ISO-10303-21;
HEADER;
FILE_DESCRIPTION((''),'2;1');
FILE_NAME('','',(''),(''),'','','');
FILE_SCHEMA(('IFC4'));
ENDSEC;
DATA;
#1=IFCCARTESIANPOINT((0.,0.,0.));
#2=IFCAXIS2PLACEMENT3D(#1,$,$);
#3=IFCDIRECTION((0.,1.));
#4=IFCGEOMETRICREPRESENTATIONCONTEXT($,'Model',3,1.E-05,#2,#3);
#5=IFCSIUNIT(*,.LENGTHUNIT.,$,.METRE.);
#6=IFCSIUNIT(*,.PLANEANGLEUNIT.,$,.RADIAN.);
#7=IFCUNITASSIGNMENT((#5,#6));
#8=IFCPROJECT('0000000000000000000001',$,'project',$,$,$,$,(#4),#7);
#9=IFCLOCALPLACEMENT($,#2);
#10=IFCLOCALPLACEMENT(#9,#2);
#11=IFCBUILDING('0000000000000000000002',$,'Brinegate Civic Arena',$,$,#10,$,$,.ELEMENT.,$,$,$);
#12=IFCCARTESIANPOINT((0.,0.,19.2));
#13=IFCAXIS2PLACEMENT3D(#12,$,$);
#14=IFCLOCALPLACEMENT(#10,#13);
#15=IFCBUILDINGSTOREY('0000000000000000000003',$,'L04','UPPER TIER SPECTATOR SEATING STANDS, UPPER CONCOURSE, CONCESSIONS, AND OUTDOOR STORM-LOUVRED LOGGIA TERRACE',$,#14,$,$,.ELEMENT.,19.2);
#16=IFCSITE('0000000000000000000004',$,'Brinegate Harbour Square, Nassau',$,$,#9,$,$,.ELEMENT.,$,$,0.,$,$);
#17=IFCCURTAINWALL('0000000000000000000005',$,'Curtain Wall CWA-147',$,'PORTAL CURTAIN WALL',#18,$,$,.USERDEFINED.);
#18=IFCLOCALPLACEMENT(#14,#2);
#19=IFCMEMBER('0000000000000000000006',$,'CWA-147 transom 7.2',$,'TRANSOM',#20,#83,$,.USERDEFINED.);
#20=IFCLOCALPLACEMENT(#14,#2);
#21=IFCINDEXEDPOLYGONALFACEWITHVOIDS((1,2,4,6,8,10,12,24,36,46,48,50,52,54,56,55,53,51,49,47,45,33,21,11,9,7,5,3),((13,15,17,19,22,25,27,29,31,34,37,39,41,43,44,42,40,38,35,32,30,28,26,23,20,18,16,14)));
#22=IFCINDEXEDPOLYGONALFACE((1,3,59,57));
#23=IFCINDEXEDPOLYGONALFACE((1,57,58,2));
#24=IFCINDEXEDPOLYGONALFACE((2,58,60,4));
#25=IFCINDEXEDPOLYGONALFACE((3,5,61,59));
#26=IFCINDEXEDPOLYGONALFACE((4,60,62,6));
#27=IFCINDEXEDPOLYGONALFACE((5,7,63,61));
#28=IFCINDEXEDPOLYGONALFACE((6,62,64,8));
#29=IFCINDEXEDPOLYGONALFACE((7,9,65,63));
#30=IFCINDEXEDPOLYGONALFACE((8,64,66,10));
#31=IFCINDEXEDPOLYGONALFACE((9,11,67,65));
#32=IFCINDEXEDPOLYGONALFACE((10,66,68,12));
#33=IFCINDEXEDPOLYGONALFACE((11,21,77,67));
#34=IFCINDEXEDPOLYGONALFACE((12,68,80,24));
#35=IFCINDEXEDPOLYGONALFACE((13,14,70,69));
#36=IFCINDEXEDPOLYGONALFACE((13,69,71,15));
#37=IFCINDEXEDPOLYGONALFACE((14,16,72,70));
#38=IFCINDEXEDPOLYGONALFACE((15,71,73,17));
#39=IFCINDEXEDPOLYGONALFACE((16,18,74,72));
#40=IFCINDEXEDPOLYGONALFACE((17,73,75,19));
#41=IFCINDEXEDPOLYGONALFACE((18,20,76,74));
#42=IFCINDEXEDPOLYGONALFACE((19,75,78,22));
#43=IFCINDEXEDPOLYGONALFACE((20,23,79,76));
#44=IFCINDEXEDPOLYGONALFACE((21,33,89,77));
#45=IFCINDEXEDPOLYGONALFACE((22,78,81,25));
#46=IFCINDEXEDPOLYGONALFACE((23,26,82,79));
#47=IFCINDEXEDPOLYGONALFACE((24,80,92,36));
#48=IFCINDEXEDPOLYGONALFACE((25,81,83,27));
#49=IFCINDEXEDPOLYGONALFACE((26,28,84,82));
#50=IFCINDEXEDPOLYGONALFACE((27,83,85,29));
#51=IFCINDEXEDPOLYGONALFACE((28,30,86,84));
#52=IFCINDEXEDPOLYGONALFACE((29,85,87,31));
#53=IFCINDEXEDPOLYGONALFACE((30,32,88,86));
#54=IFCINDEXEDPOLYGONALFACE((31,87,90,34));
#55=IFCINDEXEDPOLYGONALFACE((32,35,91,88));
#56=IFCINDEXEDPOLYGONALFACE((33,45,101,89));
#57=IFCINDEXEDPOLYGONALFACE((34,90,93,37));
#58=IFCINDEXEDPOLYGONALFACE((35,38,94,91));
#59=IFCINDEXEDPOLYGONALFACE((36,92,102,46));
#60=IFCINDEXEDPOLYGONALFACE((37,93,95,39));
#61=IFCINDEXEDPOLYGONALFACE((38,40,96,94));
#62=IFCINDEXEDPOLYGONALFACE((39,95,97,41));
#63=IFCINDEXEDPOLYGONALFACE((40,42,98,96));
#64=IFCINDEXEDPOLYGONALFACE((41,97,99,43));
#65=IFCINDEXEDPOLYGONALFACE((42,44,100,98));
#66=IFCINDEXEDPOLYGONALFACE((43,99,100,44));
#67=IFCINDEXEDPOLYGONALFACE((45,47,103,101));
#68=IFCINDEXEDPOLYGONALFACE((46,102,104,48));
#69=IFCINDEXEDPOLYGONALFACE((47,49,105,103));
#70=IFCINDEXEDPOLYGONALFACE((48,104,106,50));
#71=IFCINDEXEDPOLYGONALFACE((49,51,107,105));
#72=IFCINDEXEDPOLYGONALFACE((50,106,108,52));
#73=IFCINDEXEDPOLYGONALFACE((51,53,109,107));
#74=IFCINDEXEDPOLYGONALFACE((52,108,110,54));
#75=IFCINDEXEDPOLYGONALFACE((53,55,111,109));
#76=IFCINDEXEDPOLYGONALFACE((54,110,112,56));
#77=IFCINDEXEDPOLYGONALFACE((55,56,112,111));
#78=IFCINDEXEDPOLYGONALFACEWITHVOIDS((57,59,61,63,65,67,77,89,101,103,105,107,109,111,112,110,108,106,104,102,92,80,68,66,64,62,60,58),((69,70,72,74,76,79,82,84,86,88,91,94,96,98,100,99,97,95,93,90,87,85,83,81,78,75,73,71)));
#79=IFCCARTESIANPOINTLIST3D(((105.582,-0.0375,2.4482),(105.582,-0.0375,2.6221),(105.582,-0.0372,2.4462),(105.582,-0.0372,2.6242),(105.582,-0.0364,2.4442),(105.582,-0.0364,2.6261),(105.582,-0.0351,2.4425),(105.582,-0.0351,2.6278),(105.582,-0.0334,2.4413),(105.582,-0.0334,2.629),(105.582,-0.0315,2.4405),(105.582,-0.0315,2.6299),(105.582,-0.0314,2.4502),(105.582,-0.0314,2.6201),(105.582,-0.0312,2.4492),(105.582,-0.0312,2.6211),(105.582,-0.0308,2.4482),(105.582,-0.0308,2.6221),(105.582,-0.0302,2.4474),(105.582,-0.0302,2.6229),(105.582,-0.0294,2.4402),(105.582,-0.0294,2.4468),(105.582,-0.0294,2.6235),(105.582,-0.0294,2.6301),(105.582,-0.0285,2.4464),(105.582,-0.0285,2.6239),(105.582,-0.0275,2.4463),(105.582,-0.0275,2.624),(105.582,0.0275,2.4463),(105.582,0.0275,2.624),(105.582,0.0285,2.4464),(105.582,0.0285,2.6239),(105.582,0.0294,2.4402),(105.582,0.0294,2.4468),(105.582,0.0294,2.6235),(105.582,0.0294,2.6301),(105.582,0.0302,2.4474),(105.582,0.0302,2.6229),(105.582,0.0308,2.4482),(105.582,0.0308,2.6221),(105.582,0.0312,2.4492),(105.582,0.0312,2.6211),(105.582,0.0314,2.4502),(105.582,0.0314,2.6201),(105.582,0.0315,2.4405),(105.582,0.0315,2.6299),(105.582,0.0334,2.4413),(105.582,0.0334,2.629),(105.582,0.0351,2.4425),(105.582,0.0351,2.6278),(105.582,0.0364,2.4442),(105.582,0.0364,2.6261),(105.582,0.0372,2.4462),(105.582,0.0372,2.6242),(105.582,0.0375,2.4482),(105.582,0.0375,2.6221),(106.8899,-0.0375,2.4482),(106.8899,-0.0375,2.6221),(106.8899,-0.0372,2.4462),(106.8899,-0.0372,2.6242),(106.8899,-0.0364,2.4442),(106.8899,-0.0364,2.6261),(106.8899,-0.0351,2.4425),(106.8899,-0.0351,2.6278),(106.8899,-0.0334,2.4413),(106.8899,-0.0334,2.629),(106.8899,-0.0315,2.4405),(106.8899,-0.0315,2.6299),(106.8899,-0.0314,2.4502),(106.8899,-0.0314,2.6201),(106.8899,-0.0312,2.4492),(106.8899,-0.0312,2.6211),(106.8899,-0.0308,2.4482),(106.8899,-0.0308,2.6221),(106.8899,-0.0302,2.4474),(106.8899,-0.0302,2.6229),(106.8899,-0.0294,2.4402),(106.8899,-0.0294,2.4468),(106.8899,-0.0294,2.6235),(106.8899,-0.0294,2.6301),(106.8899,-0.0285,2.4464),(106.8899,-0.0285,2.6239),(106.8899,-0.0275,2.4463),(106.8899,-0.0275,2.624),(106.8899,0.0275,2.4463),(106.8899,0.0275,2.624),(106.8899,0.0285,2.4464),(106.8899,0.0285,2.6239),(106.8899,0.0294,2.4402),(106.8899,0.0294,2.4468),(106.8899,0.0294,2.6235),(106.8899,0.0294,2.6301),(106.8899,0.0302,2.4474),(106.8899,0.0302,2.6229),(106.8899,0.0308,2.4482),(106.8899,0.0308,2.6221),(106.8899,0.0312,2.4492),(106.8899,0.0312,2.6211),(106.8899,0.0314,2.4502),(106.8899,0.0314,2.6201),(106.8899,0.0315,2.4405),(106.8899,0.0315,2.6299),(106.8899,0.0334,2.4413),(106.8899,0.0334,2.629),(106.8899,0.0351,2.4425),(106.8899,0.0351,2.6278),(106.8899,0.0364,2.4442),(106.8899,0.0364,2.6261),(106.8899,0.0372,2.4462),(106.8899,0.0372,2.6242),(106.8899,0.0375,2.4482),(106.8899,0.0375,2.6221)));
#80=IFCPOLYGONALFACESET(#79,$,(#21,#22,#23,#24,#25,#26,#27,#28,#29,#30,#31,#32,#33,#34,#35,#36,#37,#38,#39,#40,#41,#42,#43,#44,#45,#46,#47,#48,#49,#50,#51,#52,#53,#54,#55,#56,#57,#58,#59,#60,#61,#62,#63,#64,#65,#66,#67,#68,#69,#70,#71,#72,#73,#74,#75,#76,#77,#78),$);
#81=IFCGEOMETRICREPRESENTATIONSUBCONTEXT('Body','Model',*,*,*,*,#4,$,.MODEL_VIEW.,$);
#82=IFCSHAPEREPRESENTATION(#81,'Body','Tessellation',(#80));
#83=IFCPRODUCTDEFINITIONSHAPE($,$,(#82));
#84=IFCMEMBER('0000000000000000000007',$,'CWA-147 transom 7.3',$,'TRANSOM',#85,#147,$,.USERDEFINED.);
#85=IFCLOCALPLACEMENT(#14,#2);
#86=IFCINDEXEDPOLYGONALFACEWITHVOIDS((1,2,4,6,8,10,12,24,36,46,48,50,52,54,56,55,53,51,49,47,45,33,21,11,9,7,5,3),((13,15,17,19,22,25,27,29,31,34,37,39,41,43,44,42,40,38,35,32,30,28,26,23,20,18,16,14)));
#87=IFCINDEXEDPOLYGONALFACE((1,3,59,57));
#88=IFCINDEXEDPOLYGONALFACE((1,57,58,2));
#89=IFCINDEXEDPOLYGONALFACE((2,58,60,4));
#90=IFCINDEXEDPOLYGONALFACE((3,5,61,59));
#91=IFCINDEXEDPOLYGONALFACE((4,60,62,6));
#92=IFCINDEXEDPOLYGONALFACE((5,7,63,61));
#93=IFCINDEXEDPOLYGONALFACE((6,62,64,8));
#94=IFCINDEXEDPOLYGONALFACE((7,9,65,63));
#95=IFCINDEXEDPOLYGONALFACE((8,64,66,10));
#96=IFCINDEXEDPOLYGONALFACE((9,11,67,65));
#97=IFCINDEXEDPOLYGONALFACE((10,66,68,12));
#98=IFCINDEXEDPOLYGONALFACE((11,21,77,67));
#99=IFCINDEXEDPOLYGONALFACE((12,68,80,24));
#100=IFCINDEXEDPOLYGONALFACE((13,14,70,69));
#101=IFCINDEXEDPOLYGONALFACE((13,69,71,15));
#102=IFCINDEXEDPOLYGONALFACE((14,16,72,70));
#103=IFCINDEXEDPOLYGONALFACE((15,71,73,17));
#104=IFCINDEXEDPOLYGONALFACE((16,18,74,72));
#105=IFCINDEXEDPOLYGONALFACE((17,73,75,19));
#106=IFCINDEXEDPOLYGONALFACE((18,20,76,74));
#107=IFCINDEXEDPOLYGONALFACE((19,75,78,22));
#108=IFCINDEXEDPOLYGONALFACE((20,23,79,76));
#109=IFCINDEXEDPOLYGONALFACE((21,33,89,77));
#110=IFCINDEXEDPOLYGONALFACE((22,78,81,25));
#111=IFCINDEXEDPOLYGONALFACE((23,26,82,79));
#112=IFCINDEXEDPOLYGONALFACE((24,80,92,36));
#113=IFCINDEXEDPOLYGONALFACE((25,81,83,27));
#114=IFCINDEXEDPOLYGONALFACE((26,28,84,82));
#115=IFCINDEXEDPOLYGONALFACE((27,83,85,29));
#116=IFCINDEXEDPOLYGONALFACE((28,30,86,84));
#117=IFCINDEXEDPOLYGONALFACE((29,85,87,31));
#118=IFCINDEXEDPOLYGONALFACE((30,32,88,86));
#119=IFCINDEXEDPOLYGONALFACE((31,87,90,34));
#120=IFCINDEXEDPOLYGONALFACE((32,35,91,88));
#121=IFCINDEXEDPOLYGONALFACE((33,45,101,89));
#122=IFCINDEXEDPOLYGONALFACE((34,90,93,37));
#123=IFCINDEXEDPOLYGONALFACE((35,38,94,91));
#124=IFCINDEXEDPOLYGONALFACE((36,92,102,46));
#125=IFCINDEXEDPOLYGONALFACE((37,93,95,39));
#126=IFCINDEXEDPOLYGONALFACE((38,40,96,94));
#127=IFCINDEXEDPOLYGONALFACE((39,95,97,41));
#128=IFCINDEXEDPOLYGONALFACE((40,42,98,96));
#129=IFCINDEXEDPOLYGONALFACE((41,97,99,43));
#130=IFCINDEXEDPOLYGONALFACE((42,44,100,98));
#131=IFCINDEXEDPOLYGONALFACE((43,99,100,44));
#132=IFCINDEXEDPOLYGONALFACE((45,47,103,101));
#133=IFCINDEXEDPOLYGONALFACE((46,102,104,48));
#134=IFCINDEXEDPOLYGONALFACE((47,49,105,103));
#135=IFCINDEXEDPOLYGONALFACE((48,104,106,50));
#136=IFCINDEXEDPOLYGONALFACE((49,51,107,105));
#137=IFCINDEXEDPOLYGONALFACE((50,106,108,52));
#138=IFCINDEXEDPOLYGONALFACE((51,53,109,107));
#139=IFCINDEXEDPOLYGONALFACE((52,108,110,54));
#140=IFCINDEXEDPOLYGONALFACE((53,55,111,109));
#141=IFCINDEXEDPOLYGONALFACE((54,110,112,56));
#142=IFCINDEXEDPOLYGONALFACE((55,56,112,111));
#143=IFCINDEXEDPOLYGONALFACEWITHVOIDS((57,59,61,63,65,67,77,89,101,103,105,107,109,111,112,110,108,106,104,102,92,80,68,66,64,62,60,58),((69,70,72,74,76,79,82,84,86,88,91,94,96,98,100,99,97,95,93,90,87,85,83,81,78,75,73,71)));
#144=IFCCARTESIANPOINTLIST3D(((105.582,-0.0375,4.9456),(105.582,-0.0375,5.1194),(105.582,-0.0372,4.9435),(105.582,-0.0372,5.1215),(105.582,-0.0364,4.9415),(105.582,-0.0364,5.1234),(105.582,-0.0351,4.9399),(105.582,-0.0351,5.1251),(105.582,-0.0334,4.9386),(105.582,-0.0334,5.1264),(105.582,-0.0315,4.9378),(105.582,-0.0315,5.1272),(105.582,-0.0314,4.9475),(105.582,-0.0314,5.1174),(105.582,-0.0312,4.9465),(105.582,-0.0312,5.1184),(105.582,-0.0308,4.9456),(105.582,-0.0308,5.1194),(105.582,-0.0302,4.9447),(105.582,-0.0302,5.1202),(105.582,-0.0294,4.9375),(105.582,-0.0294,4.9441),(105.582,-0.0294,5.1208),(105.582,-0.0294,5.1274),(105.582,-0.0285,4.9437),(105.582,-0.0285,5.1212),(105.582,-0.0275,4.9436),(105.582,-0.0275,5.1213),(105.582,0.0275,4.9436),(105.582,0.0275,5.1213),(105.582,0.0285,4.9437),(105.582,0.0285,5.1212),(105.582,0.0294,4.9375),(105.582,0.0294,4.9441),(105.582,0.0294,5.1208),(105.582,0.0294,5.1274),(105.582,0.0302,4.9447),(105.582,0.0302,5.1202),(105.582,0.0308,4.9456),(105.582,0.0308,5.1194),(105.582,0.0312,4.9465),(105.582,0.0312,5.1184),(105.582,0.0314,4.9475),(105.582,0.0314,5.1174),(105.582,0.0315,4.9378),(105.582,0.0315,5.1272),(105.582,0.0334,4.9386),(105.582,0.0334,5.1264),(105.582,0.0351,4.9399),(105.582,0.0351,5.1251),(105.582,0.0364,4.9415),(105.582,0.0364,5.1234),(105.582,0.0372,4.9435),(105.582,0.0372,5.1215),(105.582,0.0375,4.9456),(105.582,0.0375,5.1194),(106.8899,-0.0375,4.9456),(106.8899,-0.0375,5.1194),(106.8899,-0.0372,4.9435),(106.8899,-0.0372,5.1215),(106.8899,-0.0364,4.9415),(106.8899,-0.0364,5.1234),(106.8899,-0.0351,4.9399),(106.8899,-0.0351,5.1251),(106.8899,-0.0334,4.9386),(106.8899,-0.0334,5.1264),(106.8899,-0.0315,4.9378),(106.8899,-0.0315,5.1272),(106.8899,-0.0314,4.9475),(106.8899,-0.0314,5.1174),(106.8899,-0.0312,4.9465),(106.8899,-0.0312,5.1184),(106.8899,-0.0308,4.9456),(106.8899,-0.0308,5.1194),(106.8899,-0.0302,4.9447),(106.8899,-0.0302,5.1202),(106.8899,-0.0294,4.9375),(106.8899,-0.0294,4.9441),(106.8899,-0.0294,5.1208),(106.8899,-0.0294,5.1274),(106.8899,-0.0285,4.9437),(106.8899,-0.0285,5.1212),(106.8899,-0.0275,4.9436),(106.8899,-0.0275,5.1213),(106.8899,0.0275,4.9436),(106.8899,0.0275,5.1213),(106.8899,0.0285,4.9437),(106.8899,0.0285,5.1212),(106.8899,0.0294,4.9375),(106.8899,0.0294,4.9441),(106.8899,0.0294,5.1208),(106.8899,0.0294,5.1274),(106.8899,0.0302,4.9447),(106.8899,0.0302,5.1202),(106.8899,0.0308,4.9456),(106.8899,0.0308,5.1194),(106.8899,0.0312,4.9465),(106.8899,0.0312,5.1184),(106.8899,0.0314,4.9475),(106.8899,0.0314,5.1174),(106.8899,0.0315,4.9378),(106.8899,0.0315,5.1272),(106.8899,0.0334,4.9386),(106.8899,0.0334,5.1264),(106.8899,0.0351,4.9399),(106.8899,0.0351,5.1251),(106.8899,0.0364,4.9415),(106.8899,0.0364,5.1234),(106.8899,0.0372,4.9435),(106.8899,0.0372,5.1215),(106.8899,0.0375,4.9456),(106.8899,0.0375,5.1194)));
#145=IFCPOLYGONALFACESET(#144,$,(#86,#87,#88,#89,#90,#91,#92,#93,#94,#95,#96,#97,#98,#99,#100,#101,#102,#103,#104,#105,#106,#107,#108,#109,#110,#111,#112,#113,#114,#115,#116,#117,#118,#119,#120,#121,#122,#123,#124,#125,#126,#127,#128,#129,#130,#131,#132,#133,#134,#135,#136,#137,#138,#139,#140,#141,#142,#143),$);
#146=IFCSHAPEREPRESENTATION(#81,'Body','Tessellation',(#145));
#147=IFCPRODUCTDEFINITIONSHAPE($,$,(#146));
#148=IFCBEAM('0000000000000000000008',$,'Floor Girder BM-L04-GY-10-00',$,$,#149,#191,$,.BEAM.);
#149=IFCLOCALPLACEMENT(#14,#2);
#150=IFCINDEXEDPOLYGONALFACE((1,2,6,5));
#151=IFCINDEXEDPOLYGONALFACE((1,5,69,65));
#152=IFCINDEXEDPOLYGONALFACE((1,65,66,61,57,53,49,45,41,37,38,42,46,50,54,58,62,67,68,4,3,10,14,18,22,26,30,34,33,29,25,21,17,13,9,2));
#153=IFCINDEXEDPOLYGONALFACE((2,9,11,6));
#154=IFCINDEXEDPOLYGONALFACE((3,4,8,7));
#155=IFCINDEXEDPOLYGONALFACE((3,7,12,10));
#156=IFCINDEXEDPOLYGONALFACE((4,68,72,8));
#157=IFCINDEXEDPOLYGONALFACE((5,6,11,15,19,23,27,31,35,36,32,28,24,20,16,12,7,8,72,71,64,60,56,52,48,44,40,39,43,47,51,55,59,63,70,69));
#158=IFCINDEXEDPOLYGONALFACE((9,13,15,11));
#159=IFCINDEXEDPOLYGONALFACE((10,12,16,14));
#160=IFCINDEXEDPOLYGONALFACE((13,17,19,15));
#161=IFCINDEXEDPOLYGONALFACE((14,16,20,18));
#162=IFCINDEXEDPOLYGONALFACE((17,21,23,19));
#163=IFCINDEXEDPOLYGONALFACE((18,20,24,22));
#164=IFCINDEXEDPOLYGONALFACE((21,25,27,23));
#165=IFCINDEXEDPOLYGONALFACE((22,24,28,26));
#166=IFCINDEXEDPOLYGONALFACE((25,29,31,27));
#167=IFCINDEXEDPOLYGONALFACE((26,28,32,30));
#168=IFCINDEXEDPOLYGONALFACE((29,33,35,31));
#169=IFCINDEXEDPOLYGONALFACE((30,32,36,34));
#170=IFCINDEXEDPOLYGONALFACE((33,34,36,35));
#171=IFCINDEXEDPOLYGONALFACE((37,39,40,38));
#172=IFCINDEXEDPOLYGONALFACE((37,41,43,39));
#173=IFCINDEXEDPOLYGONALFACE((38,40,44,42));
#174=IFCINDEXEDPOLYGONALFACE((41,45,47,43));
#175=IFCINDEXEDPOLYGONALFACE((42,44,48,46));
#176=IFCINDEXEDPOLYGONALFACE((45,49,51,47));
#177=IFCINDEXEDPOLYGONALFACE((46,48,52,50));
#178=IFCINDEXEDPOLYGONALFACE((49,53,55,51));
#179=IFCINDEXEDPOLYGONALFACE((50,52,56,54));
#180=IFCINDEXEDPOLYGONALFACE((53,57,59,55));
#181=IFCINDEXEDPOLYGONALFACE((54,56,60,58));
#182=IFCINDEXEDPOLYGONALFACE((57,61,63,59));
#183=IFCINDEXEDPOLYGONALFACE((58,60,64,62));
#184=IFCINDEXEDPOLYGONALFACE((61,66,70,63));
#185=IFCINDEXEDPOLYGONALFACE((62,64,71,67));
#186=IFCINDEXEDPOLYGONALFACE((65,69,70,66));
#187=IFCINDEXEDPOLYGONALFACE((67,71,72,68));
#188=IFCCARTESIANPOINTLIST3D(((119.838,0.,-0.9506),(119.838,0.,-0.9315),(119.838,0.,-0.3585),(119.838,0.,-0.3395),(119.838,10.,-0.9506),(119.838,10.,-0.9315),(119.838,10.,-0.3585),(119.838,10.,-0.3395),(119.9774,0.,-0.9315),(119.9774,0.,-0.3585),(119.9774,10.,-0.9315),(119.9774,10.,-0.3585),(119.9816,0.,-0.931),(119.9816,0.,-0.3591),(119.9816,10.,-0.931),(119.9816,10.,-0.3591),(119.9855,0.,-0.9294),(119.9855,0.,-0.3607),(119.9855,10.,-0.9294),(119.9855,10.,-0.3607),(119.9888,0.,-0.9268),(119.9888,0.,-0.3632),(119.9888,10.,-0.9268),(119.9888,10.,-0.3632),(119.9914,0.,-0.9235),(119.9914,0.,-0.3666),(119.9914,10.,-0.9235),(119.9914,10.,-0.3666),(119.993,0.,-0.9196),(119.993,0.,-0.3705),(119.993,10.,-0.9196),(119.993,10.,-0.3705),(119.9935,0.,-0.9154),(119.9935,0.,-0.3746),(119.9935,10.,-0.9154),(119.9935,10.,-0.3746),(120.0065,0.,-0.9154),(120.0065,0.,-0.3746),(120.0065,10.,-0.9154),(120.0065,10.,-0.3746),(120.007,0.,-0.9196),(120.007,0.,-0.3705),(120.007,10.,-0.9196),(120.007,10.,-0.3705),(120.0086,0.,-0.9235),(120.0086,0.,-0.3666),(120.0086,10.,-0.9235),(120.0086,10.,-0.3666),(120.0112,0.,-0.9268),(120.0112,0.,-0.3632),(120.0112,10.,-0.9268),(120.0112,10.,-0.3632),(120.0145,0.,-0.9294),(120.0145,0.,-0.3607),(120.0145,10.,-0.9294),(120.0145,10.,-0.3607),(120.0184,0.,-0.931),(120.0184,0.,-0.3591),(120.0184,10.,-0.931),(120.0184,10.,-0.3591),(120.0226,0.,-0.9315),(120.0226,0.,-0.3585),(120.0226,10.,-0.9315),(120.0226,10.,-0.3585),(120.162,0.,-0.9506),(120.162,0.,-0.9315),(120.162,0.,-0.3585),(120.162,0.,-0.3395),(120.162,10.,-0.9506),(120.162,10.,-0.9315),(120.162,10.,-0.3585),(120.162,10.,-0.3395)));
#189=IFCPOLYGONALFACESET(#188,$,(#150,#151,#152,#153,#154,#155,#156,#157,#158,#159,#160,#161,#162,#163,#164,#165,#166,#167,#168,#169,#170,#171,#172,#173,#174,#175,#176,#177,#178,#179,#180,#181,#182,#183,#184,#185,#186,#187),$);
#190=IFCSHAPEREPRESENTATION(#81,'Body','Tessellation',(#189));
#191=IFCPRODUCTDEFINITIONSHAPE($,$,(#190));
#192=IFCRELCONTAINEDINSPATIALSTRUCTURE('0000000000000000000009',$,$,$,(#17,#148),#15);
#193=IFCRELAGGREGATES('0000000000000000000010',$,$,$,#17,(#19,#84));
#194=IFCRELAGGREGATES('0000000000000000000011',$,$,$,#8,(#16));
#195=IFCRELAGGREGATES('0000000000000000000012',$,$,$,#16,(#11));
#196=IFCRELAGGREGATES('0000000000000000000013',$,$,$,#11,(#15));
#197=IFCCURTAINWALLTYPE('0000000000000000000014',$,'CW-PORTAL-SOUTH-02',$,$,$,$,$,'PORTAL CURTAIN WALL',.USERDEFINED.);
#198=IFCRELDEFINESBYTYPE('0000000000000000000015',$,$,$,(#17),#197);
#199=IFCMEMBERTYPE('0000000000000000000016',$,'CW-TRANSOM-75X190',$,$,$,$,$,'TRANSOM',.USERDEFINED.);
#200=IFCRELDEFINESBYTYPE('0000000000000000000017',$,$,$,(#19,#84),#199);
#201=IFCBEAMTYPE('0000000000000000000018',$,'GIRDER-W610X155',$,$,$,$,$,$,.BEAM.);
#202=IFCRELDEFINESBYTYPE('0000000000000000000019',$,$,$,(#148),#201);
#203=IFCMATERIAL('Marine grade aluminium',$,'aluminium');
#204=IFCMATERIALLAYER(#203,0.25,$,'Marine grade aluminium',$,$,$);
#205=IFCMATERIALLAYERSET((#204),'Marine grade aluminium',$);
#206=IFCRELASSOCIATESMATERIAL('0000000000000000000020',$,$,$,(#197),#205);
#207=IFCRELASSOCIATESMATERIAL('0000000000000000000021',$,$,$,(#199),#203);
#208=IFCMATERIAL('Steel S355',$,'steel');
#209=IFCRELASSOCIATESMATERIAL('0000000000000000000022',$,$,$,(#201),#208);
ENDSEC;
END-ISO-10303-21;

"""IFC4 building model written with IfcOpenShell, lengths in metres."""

from ifc_helpers import new_model, si_unit, direction, frame, origin, origin_2d, place, context, subcontext, project, spatial, hollow_rectangle, i_section, extrude, material, layer, layer_set, material_profile, profile_set, type_object, element, aggregate, save


model = new_model("IFC4")

# Units and contexts
model_context = context("Model", 3, precision=1e-05, world=origin(), true_north=direction((0.0, 1.0)))
body_context = subcontext(model_context, "Body", "Model", "MODEL_VIEW")
ifc_project = project(units=[si_unit("LENGTHUNIT", "METRE"), si_unit("PLANEANGLEUNIT", "RADIAN")], contexts=[model_context])

# Site, building, storey
site_placement = place(None, origin())
site = spatial("IfcSite", under=ifc_project, at=site_placement, Name="Brinegate Harbour Square, Nassau", CompositionType="ELEMENT", RefElevation=0.0)
building_placement = place(site_placement, origin())
building = spatial("IfcBuilding", under=site, at=building_placement, Name="Brinegate Civic Arena", CompositionType="ELEMENT")
storey_placement = place(building_placement, frame((0.0, 0.0, 19.2)))
storey = spatial("IfcBuildingStorey", under=building, at=storey_placement, Name="L04", Description="UPPER TIER SPECTATOR SEATING STANDS, UPPER CONCOURSE, CONCESSIONS, AND OUTDOOR STORM-LOUVRED LOGGIA TERRACE", CompositionType="ELEMENT", Elevation=19.2)

# Curtain wall, members
ifc_material_1 = material(Name="Marine grade aluminium", Category="aluminium")
ifc_layer_1 = layer(ifc_material_1, 0.25, Name="Marine grade aluminium")
ifc_layer_set_1 = layer_set([ifc_layer_1], Name="Marine grade aluminium")
curtain_wall_type = type_object("IfcCurtainWallType", Name="CW-PORTAL-SOUTH-02", ElementType="PORTAL CURTAIN WALL", PredefinedType="USERDEFINED", material=ifc_layer_set_1)
curtain_wall_placement = place(storey_placement, origin())
curtain_wall = element("IfcCurtainWall", 1, at=curtain_wall_placement, inside=storey, type_object=curtain_wall_type, Name="Curtain Wall CWA-147", ObjectType="PORTAL CURTAIN WALL", PredefinedType="USERDEFINED")
ifc_material_profile_1 = material_profile(ifc_material_1, hollow_rectangle(XDim=0.075, YDim=0.1899, WallThickness=0.0061, InnerFilletRadius=0.0039, OuterFilletRadius=0.0081, at=origin_2d()), Name="TRN75X190")
ifc_profile_set_1 = profile_set([ifc_material_profile_1], Name="Marine grade aluminium")
member_type_1 = type_object("IfcMemberType", Name="CW-TRANSOM-75X190", ElementType="TRANSOM", PredefinedType="USERDEFINED", material=ifc_profile_set_1)
member_1_placement = place(storey_placement, frame((105.582, 0.0, 2.5352), z_axis=(1.0, 0.0, 0.0), x_axis=(0.0, 1.0, 0.0)))
member_1 = element("IfcMember", 2, at=member_1_placement, type_object=member_type_1, Name="CWA-147 transom 7.2", ObjectType="TRANSOM", PredefinedType="USERDEFINED", context=body_context, shape_type="SweptSolid", body=[
    extrude(hollow_rectangle(XDim=0.075, YDim=0.1899, WallThickness=0.0061, InnerFilletRadius=0.0039, OuterFilletRadius=0.0081, at=origin_2d()), origin(), (0.0, 0.0, 1.0), 1.3079),
])
member_2_placement = place(storey_placement, frame((105.582, 0.0, 5.0325), z_axis=(1.0, 0.0, 0.0), x_axis=(0.0, 1.0, 0.0)))
member_2 = element("IfcMember", 3, at=member_2_placement, type_object=member_type_1, Name="CWA-147 transom 7.3", ObjectType="TRANSOM", PredefinedType="USERDEFINED", context=body_context, shape_type="SweptSolid", body=[
    extrude(hollow_rectangle(XDim=0.075, YDim=0.1899, WallThickness=0.0061, InnerFilletRadius=0.0039, OuterFilletRadius=0.0081, at=origin_2d()), origin(), (0.0, 0.0, 1.0), 1.3079),
])

# Beam
ifc_material_2 = material(Name="Steel S355", Category="steel")
ifc_material_profile_2 = material_profile(ifc_material_2, i_section(OverallWidth=0.324, OverallDepth=0.6111, WebThickness=0.0129, FlangeThickness=0.019, FilletRadius=0.0161, at=origin_2d()), Name="W610X155")
ifc_profile_set_2 = profile_set([ifc_material_profile_2], Name="Steel S355")
beam_type_1 = type_object("IfcBeamType", Name="GIRDER-W610X155", PredefinedType="BEAM", material=ifc_profile_set_2)
beam_1_placement = place(storey_placement, frame((120.0, 0.0, -0.645), z_axis=(0.0, 1.0, 0.0), x_axis=(-1.0, 0.0, 0.0)))
element("IfcBeam", 4, at=beam_1_placement, inside=storey, type_object=beam_type_1, Name="Floor Girder BM-L04-GY-10-00", PredefinedType="BEAM", context=body_context, shape_type="SweptSolid", body=[
    extrude(i_section(OverallWidth=0.324, OverallDepth=0.6111, WebThickness=0.0129, FlangeThickness=0.019, FilletRadius=0.0161, at=origin_2d()), origin(), (0.0, 0.0, 1.0), 10.0),
])

aggregate(curtain_wall, [member_1, member_2])

save(model, "model.ifc")
